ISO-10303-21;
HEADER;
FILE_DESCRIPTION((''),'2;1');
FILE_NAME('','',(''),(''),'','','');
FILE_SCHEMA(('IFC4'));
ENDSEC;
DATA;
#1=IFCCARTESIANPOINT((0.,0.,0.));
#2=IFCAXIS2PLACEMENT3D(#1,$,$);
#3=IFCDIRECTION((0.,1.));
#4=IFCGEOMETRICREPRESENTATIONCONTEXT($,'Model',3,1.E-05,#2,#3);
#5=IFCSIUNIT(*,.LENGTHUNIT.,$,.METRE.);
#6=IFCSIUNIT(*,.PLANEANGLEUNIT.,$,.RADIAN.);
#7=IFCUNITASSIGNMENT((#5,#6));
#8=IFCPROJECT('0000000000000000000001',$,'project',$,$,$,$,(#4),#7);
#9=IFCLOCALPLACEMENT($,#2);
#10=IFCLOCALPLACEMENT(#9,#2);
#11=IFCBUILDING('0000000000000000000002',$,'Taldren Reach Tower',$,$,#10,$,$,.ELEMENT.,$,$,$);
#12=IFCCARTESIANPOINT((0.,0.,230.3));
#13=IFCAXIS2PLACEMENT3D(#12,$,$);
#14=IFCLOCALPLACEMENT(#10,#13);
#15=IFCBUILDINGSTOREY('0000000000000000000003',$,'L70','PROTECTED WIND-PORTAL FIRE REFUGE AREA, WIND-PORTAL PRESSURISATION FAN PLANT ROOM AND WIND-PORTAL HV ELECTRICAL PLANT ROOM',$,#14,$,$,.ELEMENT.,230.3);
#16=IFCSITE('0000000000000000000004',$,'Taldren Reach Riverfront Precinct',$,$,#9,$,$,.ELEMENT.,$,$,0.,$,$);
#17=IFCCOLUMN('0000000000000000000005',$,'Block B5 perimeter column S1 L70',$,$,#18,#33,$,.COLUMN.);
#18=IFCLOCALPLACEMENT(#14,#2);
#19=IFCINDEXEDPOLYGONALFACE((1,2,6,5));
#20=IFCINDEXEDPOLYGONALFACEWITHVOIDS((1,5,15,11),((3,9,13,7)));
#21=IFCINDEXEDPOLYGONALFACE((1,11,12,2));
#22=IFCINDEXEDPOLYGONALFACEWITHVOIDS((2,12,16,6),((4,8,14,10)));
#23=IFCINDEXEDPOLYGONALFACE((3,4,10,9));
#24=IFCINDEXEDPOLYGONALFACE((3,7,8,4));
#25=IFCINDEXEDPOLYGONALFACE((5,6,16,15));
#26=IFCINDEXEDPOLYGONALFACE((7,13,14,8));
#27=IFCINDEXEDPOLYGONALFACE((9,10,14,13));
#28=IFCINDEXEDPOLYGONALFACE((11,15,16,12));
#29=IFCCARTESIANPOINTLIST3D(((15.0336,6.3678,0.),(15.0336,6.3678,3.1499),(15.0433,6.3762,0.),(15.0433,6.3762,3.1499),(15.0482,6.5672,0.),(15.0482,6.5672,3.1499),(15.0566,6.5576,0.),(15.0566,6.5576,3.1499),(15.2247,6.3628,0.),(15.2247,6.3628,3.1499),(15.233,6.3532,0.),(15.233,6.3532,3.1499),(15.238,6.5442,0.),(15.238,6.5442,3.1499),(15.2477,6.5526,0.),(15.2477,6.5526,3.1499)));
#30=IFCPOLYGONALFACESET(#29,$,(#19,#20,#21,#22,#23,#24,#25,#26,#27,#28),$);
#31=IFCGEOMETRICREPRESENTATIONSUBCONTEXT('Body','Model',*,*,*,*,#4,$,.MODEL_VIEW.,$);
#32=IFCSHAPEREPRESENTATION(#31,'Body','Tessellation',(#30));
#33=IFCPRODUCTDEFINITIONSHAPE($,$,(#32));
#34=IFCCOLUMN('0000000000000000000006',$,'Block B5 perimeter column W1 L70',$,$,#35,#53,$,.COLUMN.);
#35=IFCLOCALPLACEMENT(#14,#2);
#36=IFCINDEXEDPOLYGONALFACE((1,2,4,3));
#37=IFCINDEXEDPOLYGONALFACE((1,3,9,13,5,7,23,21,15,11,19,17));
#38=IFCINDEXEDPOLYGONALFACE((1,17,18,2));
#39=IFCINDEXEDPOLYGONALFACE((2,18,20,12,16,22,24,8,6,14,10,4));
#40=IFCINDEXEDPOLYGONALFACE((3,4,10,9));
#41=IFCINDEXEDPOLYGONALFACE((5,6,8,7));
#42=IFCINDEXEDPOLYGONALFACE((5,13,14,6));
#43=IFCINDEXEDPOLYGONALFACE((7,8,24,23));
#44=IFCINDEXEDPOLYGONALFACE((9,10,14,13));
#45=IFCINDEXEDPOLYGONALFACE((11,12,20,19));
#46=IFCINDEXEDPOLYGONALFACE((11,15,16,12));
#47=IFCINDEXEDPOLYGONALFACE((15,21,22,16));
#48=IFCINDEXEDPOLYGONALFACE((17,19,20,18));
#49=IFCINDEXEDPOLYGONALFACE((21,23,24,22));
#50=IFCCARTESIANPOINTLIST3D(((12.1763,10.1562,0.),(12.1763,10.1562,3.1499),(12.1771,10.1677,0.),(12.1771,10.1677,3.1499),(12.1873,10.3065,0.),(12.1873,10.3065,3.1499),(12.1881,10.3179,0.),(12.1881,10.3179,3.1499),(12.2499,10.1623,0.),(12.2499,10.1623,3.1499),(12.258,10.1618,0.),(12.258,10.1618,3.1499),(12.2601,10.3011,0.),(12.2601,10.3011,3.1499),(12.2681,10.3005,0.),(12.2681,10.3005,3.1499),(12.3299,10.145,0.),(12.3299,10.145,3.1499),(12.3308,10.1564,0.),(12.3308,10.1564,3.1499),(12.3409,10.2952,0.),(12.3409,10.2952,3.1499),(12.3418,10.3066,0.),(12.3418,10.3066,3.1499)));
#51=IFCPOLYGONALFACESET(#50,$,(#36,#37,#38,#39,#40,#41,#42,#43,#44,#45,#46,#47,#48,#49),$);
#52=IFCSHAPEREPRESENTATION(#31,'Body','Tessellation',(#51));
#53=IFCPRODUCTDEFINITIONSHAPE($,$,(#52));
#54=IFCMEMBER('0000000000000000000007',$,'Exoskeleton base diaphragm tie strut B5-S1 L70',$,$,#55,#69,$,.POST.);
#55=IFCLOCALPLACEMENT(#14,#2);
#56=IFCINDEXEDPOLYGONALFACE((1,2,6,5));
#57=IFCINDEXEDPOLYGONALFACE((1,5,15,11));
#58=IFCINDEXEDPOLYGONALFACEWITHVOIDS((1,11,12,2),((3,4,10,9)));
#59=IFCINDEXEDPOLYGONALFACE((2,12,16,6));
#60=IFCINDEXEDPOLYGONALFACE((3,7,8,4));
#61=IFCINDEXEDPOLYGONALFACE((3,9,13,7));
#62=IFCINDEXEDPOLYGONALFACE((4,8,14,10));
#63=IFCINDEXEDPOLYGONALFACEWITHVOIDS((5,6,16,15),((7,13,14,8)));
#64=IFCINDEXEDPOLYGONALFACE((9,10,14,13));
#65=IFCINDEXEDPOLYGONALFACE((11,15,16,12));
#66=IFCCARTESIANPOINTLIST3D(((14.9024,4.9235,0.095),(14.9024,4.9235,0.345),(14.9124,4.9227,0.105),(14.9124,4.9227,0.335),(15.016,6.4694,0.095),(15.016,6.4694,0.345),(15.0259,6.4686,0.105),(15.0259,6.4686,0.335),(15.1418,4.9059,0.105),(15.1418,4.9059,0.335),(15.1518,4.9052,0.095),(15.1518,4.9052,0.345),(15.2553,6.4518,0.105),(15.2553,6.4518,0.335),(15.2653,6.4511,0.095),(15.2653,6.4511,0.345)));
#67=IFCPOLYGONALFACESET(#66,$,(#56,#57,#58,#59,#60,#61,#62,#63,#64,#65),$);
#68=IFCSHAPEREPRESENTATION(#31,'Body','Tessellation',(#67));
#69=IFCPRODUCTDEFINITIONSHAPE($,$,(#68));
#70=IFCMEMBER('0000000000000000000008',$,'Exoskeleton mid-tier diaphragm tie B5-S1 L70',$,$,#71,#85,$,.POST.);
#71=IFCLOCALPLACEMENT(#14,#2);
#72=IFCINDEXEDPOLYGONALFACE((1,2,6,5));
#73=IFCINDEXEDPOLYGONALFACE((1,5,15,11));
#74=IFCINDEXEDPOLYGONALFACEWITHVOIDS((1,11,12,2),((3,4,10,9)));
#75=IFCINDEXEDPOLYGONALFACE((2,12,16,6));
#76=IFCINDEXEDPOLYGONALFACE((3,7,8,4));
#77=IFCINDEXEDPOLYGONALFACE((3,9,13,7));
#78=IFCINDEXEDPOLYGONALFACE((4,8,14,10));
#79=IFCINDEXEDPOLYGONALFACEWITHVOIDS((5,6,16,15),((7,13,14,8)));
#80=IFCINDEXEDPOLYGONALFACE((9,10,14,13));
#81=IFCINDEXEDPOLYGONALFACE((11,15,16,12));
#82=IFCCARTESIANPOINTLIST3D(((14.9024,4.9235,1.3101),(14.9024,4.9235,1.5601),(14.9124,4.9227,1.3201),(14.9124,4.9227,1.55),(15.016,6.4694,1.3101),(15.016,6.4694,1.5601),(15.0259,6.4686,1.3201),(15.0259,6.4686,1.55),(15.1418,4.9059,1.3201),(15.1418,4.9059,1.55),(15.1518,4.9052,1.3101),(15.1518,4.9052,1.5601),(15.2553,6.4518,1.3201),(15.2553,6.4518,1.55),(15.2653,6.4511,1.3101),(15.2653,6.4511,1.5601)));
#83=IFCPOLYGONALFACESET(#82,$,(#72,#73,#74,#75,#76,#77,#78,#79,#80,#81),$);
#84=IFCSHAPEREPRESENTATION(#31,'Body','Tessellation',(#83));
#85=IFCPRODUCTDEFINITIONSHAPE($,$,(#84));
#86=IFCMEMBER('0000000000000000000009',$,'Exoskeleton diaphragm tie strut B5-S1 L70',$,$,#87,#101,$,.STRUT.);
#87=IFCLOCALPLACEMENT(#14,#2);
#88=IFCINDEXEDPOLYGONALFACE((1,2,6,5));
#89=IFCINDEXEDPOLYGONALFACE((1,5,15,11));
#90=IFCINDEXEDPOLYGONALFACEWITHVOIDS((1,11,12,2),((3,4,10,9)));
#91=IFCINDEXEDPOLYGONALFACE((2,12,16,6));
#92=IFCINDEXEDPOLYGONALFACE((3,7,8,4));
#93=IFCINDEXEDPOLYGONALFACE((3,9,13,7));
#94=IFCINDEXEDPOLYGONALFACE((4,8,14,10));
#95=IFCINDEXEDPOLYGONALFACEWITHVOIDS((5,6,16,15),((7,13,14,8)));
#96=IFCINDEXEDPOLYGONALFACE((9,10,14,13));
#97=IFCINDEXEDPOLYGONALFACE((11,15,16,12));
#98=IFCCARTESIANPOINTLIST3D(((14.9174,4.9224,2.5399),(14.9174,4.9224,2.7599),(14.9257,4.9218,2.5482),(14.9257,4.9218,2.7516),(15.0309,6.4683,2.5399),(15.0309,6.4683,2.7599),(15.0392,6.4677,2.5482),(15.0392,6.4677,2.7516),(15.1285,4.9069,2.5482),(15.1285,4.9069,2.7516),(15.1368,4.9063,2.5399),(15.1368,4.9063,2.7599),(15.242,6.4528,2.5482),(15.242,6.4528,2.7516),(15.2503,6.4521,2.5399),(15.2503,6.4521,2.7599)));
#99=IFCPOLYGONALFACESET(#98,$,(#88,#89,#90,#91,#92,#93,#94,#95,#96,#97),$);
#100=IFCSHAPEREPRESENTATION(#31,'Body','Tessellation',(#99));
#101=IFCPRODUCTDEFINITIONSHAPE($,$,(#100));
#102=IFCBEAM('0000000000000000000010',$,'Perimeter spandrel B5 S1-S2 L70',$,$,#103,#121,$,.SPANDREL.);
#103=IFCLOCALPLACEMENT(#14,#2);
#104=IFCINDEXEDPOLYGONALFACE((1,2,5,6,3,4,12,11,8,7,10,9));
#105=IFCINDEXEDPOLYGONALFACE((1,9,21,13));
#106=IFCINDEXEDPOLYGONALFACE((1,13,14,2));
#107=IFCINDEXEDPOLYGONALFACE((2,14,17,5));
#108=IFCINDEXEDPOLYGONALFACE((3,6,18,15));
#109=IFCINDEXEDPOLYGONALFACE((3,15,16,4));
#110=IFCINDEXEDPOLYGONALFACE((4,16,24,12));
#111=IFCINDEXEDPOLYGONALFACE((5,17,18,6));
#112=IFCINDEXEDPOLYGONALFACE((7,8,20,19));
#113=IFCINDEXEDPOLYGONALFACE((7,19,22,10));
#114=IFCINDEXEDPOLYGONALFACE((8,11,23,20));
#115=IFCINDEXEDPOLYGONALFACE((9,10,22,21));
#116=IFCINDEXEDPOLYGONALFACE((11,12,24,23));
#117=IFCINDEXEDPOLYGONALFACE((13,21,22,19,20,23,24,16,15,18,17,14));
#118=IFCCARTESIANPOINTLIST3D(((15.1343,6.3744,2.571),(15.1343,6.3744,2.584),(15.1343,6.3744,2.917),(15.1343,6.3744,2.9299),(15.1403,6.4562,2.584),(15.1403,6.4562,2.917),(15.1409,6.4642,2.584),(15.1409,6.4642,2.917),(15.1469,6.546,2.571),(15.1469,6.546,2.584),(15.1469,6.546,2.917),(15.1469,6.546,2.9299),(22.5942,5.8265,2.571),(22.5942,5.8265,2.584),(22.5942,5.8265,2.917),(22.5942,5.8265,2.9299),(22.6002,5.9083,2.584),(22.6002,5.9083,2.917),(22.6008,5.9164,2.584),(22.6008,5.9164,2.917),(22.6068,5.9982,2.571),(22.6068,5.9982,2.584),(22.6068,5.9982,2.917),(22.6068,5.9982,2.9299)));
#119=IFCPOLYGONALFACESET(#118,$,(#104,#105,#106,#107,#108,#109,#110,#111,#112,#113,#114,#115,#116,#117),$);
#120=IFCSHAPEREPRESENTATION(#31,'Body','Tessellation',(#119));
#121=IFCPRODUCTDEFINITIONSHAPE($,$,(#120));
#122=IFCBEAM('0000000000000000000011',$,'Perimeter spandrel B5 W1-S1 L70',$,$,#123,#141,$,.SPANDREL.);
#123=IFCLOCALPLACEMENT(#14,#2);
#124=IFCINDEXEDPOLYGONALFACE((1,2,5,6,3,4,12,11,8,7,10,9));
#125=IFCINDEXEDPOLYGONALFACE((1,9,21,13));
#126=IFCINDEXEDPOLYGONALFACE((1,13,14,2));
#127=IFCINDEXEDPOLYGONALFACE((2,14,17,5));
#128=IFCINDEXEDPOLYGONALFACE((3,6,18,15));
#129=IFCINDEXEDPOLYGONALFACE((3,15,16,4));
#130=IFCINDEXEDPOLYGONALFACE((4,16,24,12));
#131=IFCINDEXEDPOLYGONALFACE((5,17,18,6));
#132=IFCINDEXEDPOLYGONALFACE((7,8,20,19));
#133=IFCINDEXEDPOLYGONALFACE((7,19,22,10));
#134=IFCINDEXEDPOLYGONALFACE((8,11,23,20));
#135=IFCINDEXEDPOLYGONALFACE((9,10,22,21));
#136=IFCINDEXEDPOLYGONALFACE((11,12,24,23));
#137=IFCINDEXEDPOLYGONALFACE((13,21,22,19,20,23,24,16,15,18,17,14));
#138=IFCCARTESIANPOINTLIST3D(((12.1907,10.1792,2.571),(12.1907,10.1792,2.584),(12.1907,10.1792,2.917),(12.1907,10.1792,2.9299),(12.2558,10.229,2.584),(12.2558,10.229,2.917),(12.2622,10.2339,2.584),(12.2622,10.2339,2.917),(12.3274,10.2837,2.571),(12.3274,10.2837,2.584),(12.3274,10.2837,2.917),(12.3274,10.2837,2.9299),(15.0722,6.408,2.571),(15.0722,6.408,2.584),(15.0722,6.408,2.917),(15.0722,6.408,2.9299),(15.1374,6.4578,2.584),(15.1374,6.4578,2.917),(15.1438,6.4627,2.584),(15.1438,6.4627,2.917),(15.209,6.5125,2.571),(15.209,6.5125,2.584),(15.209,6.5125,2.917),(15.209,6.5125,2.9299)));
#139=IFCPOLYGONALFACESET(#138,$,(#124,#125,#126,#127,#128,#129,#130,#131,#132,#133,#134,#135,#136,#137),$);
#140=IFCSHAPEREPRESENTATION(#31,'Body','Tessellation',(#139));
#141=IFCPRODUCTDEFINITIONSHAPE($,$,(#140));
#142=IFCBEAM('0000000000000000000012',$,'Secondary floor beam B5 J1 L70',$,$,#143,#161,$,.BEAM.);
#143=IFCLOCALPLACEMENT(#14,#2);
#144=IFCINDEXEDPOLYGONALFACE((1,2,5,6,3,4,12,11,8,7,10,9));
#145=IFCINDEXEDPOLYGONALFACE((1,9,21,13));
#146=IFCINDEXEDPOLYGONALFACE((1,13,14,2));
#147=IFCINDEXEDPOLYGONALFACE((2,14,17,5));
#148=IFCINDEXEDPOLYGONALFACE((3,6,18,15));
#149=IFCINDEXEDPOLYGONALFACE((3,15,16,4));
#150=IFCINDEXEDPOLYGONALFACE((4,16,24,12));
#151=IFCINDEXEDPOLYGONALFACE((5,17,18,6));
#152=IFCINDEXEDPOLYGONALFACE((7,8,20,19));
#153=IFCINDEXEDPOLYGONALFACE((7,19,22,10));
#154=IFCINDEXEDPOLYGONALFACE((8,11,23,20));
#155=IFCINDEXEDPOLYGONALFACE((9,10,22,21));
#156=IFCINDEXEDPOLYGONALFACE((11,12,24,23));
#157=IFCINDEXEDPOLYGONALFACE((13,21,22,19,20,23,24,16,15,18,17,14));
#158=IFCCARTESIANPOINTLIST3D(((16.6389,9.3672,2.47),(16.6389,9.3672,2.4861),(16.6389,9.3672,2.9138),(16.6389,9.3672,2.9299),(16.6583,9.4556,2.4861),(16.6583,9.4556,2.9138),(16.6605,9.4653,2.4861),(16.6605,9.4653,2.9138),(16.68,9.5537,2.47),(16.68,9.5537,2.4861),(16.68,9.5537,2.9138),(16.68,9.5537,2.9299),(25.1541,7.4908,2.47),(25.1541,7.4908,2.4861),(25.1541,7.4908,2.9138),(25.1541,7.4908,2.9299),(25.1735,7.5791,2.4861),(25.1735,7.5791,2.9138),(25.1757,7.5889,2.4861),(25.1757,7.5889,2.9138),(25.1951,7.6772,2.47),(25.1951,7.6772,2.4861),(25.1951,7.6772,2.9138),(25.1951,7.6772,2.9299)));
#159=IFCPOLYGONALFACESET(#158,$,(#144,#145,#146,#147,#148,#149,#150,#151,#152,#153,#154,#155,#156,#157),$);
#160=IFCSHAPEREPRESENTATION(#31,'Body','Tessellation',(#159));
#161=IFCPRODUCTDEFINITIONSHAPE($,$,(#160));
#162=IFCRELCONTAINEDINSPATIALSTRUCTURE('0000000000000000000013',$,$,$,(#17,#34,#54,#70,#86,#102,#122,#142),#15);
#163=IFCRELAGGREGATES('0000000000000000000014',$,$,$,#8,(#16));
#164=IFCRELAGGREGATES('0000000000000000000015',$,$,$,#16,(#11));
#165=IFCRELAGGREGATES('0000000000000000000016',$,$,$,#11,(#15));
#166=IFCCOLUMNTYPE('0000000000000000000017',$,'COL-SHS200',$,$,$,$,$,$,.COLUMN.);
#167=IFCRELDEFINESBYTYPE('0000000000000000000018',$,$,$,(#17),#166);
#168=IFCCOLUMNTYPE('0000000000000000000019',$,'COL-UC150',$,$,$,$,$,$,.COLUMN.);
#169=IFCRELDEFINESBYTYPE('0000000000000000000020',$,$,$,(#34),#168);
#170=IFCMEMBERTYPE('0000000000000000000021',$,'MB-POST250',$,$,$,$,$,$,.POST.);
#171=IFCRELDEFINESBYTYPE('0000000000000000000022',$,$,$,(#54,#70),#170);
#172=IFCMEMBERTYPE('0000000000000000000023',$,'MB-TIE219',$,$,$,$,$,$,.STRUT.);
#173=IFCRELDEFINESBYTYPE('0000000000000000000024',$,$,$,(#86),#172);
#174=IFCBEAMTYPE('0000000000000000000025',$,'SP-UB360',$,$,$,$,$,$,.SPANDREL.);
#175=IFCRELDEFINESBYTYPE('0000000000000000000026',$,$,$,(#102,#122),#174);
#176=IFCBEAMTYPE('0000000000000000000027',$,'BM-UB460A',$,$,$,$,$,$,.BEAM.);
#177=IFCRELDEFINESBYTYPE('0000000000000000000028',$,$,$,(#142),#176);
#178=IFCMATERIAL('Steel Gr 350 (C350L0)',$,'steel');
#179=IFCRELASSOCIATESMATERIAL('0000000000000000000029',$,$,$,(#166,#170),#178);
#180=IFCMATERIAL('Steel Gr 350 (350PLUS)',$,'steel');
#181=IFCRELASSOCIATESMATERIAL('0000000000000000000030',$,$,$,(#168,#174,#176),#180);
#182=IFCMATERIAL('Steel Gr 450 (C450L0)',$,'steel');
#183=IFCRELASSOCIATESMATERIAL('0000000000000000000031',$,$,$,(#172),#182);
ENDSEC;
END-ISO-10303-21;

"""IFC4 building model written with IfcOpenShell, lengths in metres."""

from ifc_helpers import new_model, si_unit, direction, frame, origin, origin_2d, place, context, subcontext, project, spatial, hollow_rectangle, i_section, extrude, source, transform, mapped, material, material_profile, profile_set, type_object, element, save


model = new_model("IFC4")

# Units and contexts
model_context = context("Model", 3, precision=1e-05, world=origin(), true_north=direction((0.0, 1.0)))
body_context = subcontext(model_context, "Body", "Model", "MODEL_VIEW")
ifc_project = project(units=[si_unit("LENGTHUNIT", "METRE"), si_unit("PLANEANGLEUNIT", "RADIAN")], contexts=[model_context])

# Site, building, storey
site_placement = place(None, origin())
site = spatial("IfcSite", under=ifc_project, at=site_placement, Name="Taldren Reach Riverfront Precinct", CompositionType="ELEMENT", RefElevation=0.0)
building_placement = place(site_placement, origin())
building = spatial("IfcBuilding", under=site, at=building_placement, Name="Taldren Reach Tower", CompositionType="ELEMENT")
storey_placement = place(building_placement, frame((0.0, 0.0, 230.3)))
storey = spatial("IfcBuildingStorey", under=building, at=storey_placement, Name="L70", Description="PROTECTED WIND-PORTAL FIRE REFUGE AREA, WIND-PORTAL PRESSURISATION FAN PLANT ROOM AND WIND-PORTAL HV ELECTRICAL PLANT ROOM", CompositionType="ELEMENT", Elevation=230.3)

# Columns
ifc_material_1 = material(Name="Steel Gr 350 (C350L0)", Category="steel")
ifc_material_profile_1 = material_profile(ifc_material_1, hollow_rectangle(XDim=0.2, YDim=0.2, WallThickness=0.009, at=origin_2d()), Name="200x200x9.0SHS")
ifc_profile_set_1 = profile_set([ifc_material_profile_1], Name="Steel Gr 350 (C350L0)")
column_type_1 = type_object("IfcColumnType", Name="COL-SHS200", PredefinedType="COLUMN", material=ifc_profile_set_1)
shared_shape_1 = source(origin(), body_context, "Body", "SweptSolid", [
    extrude(hollow_rectangle(XDim=0.2, YDim=0.2, WallThickness=0.009, at=origin_2d()), origin(), (0.0, 0.0, 1.0), 3.1499),
])
column_1_placement = place(storey_placement, frame((15.1406, 6.4602, 0.0), z_axis=(0.0, 0.0, 1.0), x_axis=(0.997314, -0.073238, 0.0)))
element("IfcColumn", 1, at=column_1_placement, inside=storey, type_object=column_type_1, Name="Block B5 perimeter column S1 L70", PredefinedType="COLUMN", context=body_context, shape_type="MappedRepresentation", body=[
    mapped(shared_shape_1, transform((0.0, 0.0, 0.0), scale=1.0)),
])
ifc_material_2 = material(Name="Steel Gr 350 (350PLUS)", Category="steel")
ifc_material_profile_2 = material_profile(ifc_material_2, i_section(OverallWidth=0.1541, OverallDepth=0.1621, WebThickness=0.0081, FlangeThickness=0.0115, at=origin_2d()), Name="150UC37.2")
ifc_profile_set_2 = profile_set([ifc_material_profile_2], Name="Steel Gr 350 (350PLUS)")
column_type_2 = type_object("IfcColumnType", Name="COL-UC150", PredefinedType="COLUMN", material=ifc_profile_set_2)
shared_shape_2 = source(origin(), body_context, "Body", "SweptSolid", [
    extrude(i_section(OverallWidth=0.1541, OverallDepth=0.1621, WebThickness=0.0081, FlangeThickness=0.0115, at=origin_2d()), origin(), (0.0, 0.0, 1.0), 3.1499),
])
column_2_placement = place(storey_placement, frame((12.259, 10.2314, 0.0), z_axis=(0.0, 0.0, 1.0), x_axis=(0.997314, -0.073238, 0.0)))
element("IfcColumn", 2, at=column_2_placement, inside=storey, type_object=column_type_2, Name="Block B5 perimeter column W1 L70", PredefinedType="COLUMN", context=body_context, shape_type="MappedRepresentation", body=[
    mapped(shared_shape_2, transform((0.0, 0.0, 0.0), scale=1.0)),
])

# Members
ifc_material_profile_3 = material_profile(ifc_material_1, hollow_rectangle(XDim=0.25, YDim=0.25, WallThickness=0.01, at=origin_2d()), Name="250x250x10.0SHS")
ifc_profile_set_3 = profile_set([ifc_material_profile_3], Name="Steel Gr 350 (C350L0)")
member_type_1 = type_object("IfcMemberType", Name="MB-POST250", PredefinedType="POST", material=ifc_profile_set_3)
shared_shape_3 = source(origin(), body_context, "Body", "SweptSolid", [
    extrude(hollow_rectangle(XDim=0.25, YDim=0.25, WallThickness=0.01, at=origin_2d()), origin(), (0.0, 0.0, 1.0), 1.55),
])
for number, where, z_axis, x_axis, name in (
    (3, (15.1406, 6.4602, 0.22), (-0.073239, -0.997314, 0.0), (0.997314, -0.073239, 0.0), "Exoskeleton base diaphragm tie strut B5-S1 L70"),
    (4, (15.1406, 6.4602, 1.4351), (-0.073239, -0.997314, 0.0), (0.997314, -0.073239, 0.0), "Exoskeleton mid-tier diaphragm tie B5-S1 L70"),
):
    element("IfcMember", number, at=place(storey_placement, frame(where, z_axis=z_axis, x_axis=x_axis)), inside=storey, type_object=member_type_1, Name=name, PredefinedType="POST", context=body_context, shape_type="MappedRepresentation", body=[
        mapped(shared_shape_3, transform((0.0, 0.0, 0.0), scale=1.0)),
    ])
ifc_material_3 = material(Name="Steel Gr 450 (C450L0)", Category="steel")
ifc_material_profile_4 = material_profile(ifc_material_3, hollow_rectangle(XDim=0.22, YDim=0.22, WallThickness=0.0083, at=origin_2d()), Name="220x220x8.2SHS")
ifc_profile_set_4 = profile_set([ifc_material_profile_4], Name="Steel Gr 450 (C450L0)")
member_type_2 = type_object("IfcMemberType", Name="MB-TIE219", PredefinedType="STRUT", material=ifc_profile_set_4)
shared_shape_4 = source(origin(), body_context, "Body", "SweptSolid", [
    extrude(hollow_rectangle(XDim=0.22, YDim=0.22, WallThickness=0.0083, at=origin_2d()), origin(), (0.0, 0.0, 1.0), 1.55),
])
member_1_placement = place(storey_placement, frame((15.1406, 6.4602, 2.6499), z_axis=(-0.073239, -0.997314, 0.0), x_axis=(0.997314, -0.073239, 0.0)))
element("IfcMember", 5, at=member_1_placement, inside=storey, type_object=member_type_2, Name="Exoskeleton diaphragm tie strut B5-S1 L70", PredefinedType="STRUT", context=body_context, shape_type="MappedRepresentation", body=[
    mapped(shared_shape_4, transform((0.0, 0.0, 0.0), scale=1.0)),
])

# Beams
ifc_material_profile_5 = material_profile(ifc_material_2, i_section(OverallWidth=0.1721, OverallDepth=0.3589, WebThickness=0.0081, FlangeThickness=0.0129, at=origin_2d()), Name="360UB56.7")
ifc_profile_set_5 = profile_set([ifc_material_profile_5], Name="Steel Gr 350 (350PLUS)")
beam_type_1 = type_object("IfcBeamType", Name="SP-UB360", PredefinedType="SPANDREL", material=ifc_profile_set_5)
shared_shape_5 = source(origin(), body_context, "Body", "SweptSolid", [
    extrude(i_section(OverallWidth=0.1721, OverallDepth=0.3589, WebThickness=0.0081, FlangeThickness=0.0129, at=origin_2d()), origin(), (0.0, 0.0, 1.0), 7.48),
])
beam_1_placement = place(storey_placement, frame((15.1406, 6.4602, 2.7505), z_axis=(0.997314, -0.073242, 0.0), x_axis=(0.073242, 0.997314, 0.0)))
element("IfcBeam", 6, at=beam_1_placement, inside=storey, type_object=beam_type_1, Name="Perimeter spandrel B5 S1-S2 L70", PredefinedType="SPANDREL", context=body_context, shape_type="MappedRepresentation", body=[
    mapped(shared_shape_5, transform((0.0, 0.0, 0.0), scale=1.0)),
])
shared_shape_6 = source(origin(), body_context, "Body", "SweptSolid", [
    extrude(i_section(OverallWidth=0.1721, OverallDepth=0.3589, WebThickness=0.0081, FlangeThickness=0.0129, at=origin_2d()), origin(), (0.0, 0.0, 1.0), 4.7461),
])
beam_2_placement = place(storey_placement, frame((12.259, 10.2314, 2.7505), z_axis=(0.607145, -0.794591, 0.0), x_axis=(0.794591, 0.607145, 0.0)))
element("IfcBeam", 7, at=beam_2_placement, inside=storey, type_object=beam_type_1, Name="Perimeter spandrel B5 W1-S1 L70", PredefinedType="SPANDREL", context=body_context, shape_type="MappedRepresentation", body=[
    mapped(shared_shape_6, transform((0.0, 0.0, 0.0), scale=1.0)),
])
ifc_material_profile_6 = material_profile(ifc_material_2, i_section(OverallWidth=0.1909, OverallDepth=0.46, WebThickness=0.01, FlangeThickness=0.0161, at=origin_2d()), Name="460UB82.1")
ifc_profile_set_6 = profile_set([ifc_material_profile_6], Name="Steel Gr 350 (350PLUS)")
beam_type_2 = type_object("IfcBeamType", Name="BM-UB460A", PredefinedType="BEAM", material=ifc_profile_set_6)
shared_shape_7 = source(origin(), body_context, "Body", "SweptSolid", [
    extrude(i_section(OverallWidth=0.1909, OverallDepth=0.46, WebThickness=0.01, FlangeThickness=0.0161, at=origin_2d()), origin(), (0.0, 0.0, 1.0), 8.7195),
])
beam_3_placement = place(storey_placement, frame((16.6594, 9.4604, 2.7), z_axis=(0.976569, -0.215205, 0.0), x_axis=(0.215205, 0.976569, 0.0)))
element("IfcBeam", 8, at=beam_3_placement, inside=storey, type_object=beam_type_2, Name="Secondary floor beam B5 J1 L70", PredefinedType="BEAM", context=body_context, shape_type="MappedRepresentation", body=[
    mapped(shared_shape_7, transform((0.0, 0.0, 0.0), scale=1.0)),
])

save(model, "model.ifc")
